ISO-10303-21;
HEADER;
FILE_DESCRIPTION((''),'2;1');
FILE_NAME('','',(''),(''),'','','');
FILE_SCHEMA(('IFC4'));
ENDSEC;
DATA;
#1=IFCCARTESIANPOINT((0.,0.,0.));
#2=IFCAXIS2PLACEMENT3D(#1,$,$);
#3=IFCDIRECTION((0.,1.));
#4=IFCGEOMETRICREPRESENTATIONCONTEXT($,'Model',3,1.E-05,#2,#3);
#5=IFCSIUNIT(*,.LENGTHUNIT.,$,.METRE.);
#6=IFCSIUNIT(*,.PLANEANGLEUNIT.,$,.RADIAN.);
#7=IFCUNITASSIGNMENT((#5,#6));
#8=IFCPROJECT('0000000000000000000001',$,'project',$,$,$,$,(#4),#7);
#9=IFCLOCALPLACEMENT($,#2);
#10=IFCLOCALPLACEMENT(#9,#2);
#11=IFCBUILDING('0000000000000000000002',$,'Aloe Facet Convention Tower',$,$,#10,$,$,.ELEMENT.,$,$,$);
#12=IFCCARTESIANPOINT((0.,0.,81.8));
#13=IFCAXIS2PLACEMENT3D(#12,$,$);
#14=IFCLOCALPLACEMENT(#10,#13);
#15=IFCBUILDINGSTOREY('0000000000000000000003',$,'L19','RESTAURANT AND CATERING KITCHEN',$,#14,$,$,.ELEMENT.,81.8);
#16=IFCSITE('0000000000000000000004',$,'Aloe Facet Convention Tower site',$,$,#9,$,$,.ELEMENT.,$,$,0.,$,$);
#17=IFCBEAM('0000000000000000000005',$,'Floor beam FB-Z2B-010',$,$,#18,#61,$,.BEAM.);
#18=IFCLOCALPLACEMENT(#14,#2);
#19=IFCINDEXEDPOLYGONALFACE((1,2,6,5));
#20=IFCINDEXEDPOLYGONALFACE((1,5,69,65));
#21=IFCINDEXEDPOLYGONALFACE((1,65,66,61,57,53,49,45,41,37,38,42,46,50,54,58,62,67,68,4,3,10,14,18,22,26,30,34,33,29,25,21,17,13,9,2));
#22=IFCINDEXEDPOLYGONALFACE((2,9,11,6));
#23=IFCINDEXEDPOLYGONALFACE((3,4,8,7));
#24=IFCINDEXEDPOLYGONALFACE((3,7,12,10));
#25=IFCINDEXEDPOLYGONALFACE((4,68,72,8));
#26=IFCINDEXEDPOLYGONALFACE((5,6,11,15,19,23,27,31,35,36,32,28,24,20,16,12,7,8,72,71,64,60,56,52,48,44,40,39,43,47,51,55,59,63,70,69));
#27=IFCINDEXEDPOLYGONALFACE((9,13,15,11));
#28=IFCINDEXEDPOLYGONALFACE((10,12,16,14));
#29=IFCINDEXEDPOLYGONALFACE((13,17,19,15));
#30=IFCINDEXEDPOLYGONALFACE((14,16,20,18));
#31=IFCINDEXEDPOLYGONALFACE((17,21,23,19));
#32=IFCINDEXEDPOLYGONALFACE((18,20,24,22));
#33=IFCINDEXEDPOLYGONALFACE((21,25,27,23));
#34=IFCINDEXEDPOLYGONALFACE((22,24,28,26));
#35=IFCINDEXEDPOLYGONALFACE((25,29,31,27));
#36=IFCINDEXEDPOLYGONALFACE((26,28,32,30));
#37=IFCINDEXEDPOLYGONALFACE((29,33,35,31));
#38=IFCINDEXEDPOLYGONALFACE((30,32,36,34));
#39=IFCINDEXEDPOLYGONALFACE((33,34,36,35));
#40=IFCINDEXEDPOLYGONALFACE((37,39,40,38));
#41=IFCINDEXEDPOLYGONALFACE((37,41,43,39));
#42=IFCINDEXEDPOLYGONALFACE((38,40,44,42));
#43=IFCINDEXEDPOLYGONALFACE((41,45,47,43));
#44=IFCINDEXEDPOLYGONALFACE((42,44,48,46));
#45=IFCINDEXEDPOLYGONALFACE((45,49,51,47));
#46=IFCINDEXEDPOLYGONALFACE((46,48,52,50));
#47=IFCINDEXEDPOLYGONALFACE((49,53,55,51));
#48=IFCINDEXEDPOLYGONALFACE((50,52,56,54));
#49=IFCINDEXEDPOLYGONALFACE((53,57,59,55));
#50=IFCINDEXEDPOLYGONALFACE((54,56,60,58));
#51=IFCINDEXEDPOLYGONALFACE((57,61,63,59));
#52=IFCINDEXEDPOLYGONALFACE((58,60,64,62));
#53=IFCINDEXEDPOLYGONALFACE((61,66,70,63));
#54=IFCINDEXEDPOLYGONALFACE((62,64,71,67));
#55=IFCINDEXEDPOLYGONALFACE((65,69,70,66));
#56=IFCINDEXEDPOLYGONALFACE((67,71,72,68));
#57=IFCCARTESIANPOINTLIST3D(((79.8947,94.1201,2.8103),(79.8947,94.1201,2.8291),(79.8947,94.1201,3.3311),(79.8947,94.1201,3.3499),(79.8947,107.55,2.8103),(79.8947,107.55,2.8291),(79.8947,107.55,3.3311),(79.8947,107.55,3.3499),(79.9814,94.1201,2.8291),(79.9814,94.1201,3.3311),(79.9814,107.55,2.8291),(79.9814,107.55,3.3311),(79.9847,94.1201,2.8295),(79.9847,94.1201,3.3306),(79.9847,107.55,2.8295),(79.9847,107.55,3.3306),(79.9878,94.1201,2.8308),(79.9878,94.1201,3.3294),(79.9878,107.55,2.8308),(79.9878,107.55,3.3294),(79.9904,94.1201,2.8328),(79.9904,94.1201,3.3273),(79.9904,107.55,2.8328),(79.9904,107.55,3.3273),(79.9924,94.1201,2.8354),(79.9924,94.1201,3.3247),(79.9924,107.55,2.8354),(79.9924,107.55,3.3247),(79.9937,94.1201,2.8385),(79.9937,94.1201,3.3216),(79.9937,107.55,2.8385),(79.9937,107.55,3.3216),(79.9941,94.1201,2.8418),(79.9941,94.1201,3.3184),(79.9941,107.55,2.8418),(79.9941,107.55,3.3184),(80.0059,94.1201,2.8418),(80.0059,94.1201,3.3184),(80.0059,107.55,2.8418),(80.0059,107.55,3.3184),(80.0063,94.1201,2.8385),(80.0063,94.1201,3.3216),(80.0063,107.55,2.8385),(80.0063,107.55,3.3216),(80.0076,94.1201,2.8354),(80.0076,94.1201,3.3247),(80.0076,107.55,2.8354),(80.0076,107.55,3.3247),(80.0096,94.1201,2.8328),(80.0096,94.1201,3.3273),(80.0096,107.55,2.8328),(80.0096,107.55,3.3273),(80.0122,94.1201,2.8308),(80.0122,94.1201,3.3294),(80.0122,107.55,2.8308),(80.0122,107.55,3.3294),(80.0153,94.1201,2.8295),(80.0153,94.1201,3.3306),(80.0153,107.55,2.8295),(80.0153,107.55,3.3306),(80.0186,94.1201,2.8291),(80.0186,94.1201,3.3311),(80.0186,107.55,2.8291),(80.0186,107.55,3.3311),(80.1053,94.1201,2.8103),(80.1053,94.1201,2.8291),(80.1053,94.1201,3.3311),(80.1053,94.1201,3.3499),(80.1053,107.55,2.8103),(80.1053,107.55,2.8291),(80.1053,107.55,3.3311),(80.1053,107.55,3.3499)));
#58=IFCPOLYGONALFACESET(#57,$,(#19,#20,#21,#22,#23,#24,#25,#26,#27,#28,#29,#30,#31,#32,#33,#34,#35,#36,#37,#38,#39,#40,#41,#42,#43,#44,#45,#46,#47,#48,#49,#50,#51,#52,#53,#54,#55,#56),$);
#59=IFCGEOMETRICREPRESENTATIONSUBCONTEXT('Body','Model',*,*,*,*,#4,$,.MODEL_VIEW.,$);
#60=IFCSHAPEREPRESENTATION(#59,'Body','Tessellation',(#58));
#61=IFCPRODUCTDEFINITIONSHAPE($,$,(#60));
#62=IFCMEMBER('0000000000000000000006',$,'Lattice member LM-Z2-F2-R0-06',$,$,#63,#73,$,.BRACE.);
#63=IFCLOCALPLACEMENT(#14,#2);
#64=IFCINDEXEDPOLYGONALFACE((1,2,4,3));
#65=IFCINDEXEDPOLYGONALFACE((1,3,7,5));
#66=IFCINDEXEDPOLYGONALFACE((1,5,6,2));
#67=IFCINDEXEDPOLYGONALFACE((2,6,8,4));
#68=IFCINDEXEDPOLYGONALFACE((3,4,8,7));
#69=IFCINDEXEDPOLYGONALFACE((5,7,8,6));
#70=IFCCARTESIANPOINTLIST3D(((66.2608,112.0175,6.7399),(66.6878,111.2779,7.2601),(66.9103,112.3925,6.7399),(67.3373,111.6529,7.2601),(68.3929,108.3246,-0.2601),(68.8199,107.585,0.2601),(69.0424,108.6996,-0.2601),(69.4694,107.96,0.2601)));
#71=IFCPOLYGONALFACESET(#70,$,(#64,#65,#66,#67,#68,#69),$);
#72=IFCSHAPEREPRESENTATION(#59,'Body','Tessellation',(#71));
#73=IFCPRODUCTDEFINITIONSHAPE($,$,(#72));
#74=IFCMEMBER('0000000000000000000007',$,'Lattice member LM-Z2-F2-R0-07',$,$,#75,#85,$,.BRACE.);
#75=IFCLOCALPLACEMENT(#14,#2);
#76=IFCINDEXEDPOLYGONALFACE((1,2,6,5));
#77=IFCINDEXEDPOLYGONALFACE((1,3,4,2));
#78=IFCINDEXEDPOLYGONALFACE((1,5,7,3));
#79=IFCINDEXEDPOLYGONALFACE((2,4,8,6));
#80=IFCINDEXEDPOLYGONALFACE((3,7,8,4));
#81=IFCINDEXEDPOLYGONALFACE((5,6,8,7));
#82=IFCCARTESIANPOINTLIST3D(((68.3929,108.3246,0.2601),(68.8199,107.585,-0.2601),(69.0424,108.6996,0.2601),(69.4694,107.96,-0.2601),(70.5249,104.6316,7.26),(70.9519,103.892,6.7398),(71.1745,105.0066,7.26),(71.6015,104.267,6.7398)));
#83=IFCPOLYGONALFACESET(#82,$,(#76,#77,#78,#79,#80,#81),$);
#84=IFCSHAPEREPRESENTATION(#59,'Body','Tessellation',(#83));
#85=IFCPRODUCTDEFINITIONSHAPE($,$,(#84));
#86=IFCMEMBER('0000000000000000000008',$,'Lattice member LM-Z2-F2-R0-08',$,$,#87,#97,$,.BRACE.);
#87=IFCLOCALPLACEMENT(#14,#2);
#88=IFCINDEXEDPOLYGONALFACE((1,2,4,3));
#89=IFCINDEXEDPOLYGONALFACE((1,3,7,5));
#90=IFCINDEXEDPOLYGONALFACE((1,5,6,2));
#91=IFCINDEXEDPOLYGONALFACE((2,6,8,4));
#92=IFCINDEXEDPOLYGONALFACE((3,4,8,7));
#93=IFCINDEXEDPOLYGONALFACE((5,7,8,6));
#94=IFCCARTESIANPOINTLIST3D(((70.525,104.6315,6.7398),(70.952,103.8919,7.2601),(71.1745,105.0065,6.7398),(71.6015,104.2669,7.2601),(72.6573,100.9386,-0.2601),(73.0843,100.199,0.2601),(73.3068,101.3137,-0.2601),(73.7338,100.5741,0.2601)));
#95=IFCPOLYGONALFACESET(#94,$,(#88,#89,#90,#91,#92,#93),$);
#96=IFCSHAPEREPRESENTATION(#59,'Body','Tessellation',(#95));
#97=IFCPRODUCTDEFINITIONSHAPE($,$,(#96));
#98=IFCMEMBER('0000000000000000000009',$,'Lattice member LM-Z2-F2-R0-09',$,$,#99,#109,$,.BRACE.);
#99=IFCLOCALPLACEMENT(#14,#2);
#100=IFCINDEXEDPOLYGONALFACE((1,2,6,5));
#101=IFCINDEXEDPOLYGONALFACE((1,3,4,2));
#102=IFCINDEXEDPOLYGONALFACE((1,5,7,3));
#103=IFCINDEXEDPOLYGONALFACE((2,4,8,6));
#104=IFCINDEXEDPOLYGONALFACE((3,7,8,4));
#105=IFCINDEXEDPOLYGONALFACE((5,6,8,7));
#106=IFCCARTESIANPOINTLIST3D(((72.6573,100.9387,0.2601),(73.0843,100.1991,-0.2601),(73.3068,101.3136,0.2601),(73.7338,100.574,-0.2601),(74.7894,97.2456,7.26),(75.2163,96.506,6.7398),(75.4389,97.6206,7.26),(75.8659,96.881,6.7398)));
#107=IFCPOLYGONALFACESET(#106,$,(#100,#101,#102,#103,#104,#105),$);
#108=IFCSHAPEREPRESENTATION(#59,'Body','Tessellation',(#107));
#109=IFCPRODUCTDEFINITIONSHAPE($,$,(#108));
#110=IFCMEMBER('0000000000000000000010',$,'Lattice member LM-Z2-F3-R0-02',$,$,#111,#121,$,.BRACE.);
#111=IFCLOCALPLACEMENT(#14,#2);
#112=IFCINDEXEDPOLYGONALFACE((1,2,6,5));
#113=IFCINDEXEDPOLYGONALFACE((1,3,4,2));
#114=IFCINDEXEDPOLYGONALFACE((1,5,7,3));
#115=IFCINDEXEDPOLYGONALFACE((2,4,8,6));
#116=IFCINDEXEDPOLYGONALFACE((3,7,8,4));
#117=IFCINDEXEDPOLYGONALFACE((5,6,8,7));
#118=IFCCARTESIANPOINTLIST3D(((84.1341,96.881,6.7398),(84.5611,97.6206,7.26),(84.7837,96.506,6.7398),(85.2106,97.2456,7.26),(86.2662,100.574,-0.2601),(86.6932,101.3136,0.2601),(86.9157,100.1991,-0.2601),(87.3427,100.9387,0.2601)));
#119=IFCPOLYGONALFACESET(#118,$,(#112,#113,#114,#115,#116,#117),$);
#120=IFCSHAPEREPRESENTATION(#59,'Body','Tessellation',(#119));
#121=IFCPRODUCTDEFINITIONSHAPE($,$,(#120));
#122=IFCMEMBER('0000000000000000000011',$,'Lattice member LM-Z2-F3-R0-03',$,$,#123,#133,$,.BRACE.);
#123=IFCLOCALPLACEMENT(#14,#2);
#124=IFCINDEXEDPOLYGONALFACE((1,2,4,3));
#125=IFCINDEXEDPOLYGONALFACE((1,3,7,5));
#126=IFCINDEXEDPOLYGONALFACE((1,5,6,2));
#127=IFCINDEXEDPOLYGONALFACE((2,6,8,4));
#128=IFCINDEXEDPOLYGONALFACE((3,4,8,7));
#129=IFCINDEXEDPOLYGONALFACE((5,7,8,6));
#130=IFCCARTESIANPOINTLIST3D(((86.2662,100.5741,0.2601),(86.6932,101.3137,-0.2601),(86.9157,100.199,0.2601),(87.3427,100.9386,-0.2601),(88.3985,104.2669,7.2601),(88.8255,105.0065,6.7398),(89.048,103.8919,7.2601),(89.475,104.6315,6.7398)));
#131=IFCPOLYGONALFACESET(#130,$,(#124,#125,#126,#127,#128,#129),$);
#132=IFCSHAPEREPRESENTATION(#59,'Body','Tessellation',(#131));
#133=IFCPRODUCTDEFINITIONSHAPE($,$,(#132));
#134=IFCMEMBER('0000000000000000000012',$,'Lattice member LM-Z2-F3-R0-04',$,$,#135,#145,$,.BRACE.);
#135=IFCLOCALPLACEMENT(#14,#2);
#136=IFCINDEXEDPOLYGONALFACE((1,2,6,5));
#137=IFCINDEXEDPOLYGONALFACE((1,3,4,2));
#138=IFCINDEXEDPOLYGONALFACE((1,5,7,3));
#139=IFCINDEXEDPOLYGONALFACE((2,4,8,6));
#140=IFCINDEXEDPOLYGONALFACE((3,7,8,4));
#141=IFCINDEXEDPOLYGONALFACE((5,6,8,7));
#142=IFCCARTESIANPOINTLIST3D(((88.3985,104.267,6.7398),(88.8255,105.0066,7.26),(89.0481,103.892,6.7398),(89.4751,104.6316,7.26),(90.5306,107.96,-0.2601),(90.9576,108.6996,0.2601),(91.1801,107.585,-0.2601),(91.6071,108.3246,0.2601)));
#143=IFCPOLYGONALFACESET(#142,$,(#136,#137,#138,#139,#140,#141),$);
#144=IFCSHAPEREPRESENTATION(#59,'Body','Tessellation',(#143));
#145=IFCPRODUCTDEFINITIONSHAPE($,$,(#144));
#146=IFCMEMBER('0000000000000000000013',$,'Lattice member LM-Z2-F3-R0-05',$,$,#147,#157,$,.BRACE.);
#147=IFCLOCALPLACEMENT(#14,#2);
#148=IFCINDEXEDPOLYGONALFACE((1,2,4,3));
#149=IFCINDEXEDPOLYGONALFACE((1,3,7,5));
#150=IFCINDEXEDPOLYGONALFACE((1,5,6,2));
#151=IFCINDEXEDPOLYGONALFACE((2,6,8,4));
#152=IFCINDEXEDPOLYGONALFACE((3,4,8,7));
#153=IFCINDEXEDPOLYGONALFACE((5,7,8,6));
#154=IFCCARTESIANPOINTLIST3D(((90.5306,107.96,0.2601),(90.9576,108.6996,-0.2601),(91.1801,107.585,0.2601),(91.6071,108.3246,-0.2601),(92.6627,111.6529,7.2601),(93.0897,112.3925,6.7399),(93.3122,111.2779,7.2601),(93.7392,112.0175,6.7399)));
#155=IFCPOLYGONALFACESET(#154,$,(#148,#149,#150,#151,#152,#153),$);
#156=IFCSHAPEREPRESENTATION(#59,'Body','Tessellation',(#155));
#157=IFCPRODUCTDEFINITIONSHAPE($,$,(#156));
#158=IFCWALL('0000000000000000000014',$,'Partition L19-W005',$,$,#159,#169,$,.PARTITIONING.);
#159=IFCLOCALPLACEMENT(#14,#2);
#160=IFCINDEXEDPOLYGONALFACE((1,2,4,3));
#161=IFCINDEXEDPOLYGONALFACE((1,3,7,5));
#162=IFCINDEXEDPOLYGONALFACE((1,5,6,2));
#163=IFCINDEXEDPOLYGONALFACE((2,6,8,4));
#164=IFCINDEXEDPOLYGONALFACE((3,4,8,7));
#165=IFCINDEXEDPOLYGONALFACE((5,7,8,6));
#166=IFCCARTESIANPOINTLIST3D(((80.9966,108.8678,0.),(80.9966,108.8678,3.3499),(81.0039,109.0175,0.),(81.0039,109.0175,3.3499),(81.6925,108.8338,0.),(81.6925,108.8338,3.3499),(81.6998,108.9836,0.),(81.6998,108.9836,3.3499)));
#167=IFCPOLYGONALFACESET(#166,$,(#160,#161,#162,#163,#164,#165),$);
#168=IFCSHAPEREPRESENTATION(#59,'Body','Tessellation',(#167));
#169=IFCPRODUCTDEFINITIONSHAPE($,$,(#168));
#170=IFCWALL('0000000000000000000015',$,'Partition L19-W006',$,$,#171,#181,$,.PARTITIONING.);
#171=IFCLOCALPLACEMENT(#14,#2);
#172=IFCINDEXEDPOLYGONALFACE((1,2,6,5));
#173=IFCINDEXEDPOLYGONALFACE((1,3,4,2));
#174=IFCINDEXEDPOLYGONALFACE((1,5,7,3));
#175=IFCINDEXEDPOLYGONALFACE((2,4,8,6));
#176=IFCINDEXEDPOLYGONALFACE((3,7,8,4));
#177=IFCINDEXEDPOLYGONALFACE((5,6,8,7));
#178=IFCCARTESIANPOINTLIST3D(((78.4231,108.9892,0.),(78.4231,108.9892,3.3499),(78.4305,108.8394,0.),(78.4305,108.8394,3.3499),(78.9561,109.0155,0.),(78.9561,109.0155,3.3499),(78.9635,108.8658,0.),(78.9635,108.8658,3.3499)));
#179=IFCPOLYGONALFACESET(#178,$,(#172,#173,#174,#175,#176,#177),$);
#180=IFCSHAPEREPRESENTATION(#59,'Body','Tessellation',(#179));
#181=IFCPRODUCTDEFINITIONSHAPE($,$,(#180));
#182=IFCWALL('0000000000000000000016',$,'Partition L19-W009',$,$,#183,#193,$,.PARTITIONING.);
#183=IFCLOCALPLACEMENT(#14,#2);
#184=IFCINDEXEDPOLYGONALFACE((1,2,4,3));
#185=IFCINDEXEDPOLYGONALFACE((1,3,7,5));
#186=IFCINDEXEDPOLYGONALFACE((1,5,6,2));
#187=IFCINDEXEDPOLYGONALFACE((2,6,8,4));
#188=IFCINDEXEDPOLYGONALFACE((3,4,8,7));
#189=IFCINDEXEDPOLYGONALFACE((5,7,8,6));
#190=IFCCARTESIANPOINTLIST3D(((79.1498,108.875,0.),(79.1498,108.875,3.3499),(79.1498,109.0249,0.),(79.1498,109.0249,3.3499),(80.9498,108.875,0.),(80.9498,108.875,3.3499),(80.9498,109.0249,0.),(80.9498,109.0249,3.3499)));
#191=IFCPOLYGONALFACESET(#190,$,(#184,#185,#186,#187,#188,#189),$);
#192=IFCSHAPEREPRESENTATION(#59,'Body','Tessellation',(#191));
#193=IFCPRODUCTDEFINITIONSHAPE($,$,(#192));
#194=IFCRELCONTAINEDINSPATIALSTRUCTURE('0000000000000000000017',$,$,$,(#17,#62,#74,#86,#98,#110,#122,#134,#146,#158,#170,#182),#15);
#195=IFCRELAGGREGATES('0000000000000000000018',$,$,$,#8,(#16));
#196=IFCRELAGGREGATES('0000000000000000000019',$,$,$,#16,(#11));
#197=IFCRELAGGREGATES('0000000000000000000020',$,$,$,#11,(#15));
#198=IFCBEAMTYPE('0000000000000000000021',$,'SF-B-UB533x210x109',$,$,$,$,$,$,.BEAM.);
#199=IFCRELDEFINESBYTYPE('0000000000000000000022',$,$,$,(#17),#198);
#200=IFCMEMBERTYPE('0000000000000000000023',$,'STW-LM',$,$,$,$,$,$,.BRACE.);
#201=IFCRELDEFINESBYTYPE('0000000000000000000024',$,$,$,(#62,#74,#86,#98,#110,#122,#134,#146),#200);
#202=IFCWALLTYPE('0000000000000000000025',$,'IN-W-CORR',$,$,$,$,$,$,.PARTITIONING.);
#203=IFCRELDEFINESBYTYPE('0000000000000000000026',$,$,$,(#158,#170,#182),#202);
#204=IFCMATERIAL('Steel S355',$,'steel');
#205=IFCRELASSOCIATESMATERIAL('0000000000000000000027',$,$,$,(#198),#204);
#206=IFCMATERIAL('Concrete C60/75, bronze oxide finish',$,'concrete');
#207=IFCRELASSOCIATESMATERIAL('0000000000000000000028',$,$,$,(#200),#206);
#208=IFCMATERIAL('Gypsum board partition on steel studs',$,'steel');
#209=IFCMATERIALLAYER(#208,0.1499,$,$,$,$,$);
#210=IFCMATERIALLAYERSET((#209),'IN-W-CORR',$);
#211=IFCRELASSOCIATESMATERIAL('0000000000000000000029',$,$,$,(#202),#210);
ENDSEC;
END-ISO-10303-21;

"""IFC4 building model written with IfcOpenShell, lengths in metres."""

from ifc_helpers import new_model, si_unit, direction, frame, frame_2d, origin, origin_2d, place, context, subcontext, project, spatial, rectangle, i_section, extrude, material, layer, layer_set, material_profile, profile_set, type_object, element, save


model = new_model("IFC4")

# Units and contexts
model_context = context("Model", 3, precision=1e-05, world=origin(), true_north=direction((0.0, 1.0)))
body_context = subcontext(model_context, "Body", "Model", "MODEL_VIEW")
ifc_project = project(units=[si_unit("LENGTHUNIT", "METRE"), si_unit("PLANEANGLEUNIT", "RADIAN")], contexts=[model_context])

# Site, building, storey
site_placement = place(None, origin())
site = spatial("IfcSite", under=ifc_project, at=site_placement, Name="Aloe Facet Convention Tower site", CompositionType="ELEMENT", RefElevation=0.0)
building_placement = place(site_placement, origin())
building = spatial("IfcBuilding", under=site, at=building_placement, Name="Aloe Facet Convention Tower", CompositionType="ELEMENT")
storey_placement = place(building_placement, frame((0.0, 0.0, 81.8)))
storey = spatial("IfcBuildingStorey", under=building, at=storey_placement, Name="L19", Description="RESTAURANT AND CATERING KITCHEN", CompositionType="ELEMENT", Elevation=81.8)

# Beam
ifc_material_1 = material(Name="Steel S355", Category="steel")
ifc_material_profile_1 = material_profile(ifc_material_1, i_section(OverallWidth=0.2107, OverallDepth=0.5396, WebThickness=0.0117, FlangeThickness=0.0188, FilletRadius=0.0127, at=origin_2d()), Name="UB 533x210x109")
ifc_profile_set_1 = profile_set([ifc_material_profile_1], Name="Steel S355")
beam_type_1 = type_object("IfcBeamType", Name="SF-B-UB533x210x109", PredefinedType="BEAM", material=ifc_profile_set_1)
beam_1_placement = place(storey_placement, frame((80.0, 107.55, 3.0801), z_axis=(0.0, -1.0, 0.0), x_axis=(1.0, 0.0, 0.0)))
element("IfcBeam", 1, at=beam_1_placement, inside=storey, type_object=beam_type_1, Name="Floor beam FB-Z2B-010", PredefinedType="BEAM", context=body_context, shape_type="SweptSolid", body=[
    extrude(i_section(OverallWidth=0.2107, OverallDepth=0.5396, WebThickness=0.0117, FlangeThickness=0.0188, FilletRadius=0.0127, at=origin_2d()), origin(), (0.0, 0.0, 1.0), 13.4299),
])

# Members
ifc_material_2 = material(Name="Concrete C60/75, bronze oxide finish", Category="concrete")
ifc_material_profile_2 = material_profile(ifc_material_2, rectangle(XDim=0.75, YDim=1.0, at=origin_2d()), Name="STW-LM")
ifc_profile_set_2 = profile_set([ifc_material_profile_2], Name="Concrete C60/75, bronze oxide finish")
member_type = type_object("IfcMemberType", Name="STW-LM", PredefinedType="BRACE", material=ifc_profile_set_2)
for number, where, z_axis, x_axis, name in (
    (2, (68.9312, 108.1423, 0.0), (-0.26012, 0.450541, 0.85402), (-0.866025, -0.5, 0.0), "Lattice member LM-Z2-F2-R0-06"),
    (3, (68.9312, 108.1423, 0.0), (0.260116, -0.450565, 0.854009), (0.86604, 0.499975, 0.0), "Lattice member LM-Z2-F2-R0-07"),
    (4, (73.1956, 100.7563, 0.0), (-0.260148, 0.450537, 0.854014), (-0.866001, -0.500043, 0.0), "Lattice member LM-Z2-F2-R0-08"),
    (5, (73.1956, 100.7563, 0.0), (0.260116, -0.450565, 0.854009), (0.86604, 0.499975, 0.0), "Lattice member LM-Z2-F2-R0-09"),
    (6, (86.8044, 100.7563, 0.0), (-0.260116, -0.450565, 0.854009), (0.86604, -0.499975, 0.0), "Lattice member LM-Z2-F3-R0-02"),
    (7, (86.8044, 100.7563, 0.0), (0.260148, 0.450537, 0.854014), (-0.866001, 0.500043, 0.0), "Lattice member LM-Z2-F3-R0-03"),
    (8, (91.0688, 108.1423, 0.0), (-0.260116, -0.450565, 0.854009), (0.86604, -0.499975, 0.0), "Lattice member LM-Z2-F3-R0-04"),
    (9, (91.0688, 108.1423, 0.0), (0.26012, 0.450541, 0.85402), (-0.866025, 0.5, 0.0), "Lattice member LM-Z2-F3-R0-05"),
):
    element("IfcMember", number, at=place(storey_placement, frame(where, z_axis=z_axis, x_axis=x_axis)), inside=storey, type_object=member_type, Name=name, PredefinedType="BRACE", context=body_context, shape_type="SweptSolid", body=[
        extrude(rectangle(XDim=0.75, YDim=1.0, at=origin_2d()), origin(), (0.0, 0.0, 1.0), 8.1965),
    ])

# Walls
ifc_material_3 = material(Name="Gypsum board partition on steel studs", Category="steel")
ifc_layer_1 = layer(ifc_material_3, 0.1499)
ifc_layer_set_1 = layer_set([ifc_layer_1], Name="IN-W-CORR")
wall_type_1 = type_object("IfcWallType", Name="IN-W-CORR", PredefinedType="PARTITIONING", material=ifc_layer_set_1)
wall_1_placement = place(storey_placement, frame((81.0002, 108.9426, 0.0), z_axis=(0.0, 0.0, 1.0), x_axis=(0.998814, -0.048697, 0.0)))
element("IfcWall", 10, at=wall_1_placement, inside=storey, type_object=wall_type_1, Name="Partition L19-W005", PredefinedType="PARTITIONING", context=body_context, shape_type="SweptSolid", body=[
    extrude(rectangle(XDim=0.6968, YDim=0.1499, at=frame_2d((0.3484, 0.0))), origin(), (0.0, 0.0, 1.0), 3.3499),
])
wall_2_placement = place(storey_placement, frame((78.4268, 108.9143, 0.0), z_axis=(0.0, 0.0, 1.0), x_axis=(0.998778, 0.049413, 0.0)))
element("IfcWall", 11, at=wall_2_placement, inside=storey, type_object=wall_type_1, Name="Partition L19-W006", PredefinedType="PARTITIONING", context=body_context, shape_type="SweptSolid", body=[
    extrude(rectangle(XDim=0.5337, YDim=0.1499, at=frame_2d((0.2668, 0.0))), origin(), (0.0, 0.0, 1.0), 3.3499),
])
wall_3_placement = place(storey_placement, frame((79.1499, 108.95, 0.0), z_axis=(0.0, 0.0, 1.0), x_axis=(1.0, 0.0, 0.0)))
element("IfcWall", 12, at=wall_3_placement, inside=storey, type_object=wall_type_1, Name="Partition L19-W009", PredefinedType="PARTITIONING", context=body_context, shape_type="SweptSolid", body=[
    extrude(rectangle(XDim=1.8, YDim=0.1499, at=frame_2d((0.8999, 0.0))), origin(), (0.0, 0.0, 1.0), 3.3499),
])

save(model, "model.ifc")
